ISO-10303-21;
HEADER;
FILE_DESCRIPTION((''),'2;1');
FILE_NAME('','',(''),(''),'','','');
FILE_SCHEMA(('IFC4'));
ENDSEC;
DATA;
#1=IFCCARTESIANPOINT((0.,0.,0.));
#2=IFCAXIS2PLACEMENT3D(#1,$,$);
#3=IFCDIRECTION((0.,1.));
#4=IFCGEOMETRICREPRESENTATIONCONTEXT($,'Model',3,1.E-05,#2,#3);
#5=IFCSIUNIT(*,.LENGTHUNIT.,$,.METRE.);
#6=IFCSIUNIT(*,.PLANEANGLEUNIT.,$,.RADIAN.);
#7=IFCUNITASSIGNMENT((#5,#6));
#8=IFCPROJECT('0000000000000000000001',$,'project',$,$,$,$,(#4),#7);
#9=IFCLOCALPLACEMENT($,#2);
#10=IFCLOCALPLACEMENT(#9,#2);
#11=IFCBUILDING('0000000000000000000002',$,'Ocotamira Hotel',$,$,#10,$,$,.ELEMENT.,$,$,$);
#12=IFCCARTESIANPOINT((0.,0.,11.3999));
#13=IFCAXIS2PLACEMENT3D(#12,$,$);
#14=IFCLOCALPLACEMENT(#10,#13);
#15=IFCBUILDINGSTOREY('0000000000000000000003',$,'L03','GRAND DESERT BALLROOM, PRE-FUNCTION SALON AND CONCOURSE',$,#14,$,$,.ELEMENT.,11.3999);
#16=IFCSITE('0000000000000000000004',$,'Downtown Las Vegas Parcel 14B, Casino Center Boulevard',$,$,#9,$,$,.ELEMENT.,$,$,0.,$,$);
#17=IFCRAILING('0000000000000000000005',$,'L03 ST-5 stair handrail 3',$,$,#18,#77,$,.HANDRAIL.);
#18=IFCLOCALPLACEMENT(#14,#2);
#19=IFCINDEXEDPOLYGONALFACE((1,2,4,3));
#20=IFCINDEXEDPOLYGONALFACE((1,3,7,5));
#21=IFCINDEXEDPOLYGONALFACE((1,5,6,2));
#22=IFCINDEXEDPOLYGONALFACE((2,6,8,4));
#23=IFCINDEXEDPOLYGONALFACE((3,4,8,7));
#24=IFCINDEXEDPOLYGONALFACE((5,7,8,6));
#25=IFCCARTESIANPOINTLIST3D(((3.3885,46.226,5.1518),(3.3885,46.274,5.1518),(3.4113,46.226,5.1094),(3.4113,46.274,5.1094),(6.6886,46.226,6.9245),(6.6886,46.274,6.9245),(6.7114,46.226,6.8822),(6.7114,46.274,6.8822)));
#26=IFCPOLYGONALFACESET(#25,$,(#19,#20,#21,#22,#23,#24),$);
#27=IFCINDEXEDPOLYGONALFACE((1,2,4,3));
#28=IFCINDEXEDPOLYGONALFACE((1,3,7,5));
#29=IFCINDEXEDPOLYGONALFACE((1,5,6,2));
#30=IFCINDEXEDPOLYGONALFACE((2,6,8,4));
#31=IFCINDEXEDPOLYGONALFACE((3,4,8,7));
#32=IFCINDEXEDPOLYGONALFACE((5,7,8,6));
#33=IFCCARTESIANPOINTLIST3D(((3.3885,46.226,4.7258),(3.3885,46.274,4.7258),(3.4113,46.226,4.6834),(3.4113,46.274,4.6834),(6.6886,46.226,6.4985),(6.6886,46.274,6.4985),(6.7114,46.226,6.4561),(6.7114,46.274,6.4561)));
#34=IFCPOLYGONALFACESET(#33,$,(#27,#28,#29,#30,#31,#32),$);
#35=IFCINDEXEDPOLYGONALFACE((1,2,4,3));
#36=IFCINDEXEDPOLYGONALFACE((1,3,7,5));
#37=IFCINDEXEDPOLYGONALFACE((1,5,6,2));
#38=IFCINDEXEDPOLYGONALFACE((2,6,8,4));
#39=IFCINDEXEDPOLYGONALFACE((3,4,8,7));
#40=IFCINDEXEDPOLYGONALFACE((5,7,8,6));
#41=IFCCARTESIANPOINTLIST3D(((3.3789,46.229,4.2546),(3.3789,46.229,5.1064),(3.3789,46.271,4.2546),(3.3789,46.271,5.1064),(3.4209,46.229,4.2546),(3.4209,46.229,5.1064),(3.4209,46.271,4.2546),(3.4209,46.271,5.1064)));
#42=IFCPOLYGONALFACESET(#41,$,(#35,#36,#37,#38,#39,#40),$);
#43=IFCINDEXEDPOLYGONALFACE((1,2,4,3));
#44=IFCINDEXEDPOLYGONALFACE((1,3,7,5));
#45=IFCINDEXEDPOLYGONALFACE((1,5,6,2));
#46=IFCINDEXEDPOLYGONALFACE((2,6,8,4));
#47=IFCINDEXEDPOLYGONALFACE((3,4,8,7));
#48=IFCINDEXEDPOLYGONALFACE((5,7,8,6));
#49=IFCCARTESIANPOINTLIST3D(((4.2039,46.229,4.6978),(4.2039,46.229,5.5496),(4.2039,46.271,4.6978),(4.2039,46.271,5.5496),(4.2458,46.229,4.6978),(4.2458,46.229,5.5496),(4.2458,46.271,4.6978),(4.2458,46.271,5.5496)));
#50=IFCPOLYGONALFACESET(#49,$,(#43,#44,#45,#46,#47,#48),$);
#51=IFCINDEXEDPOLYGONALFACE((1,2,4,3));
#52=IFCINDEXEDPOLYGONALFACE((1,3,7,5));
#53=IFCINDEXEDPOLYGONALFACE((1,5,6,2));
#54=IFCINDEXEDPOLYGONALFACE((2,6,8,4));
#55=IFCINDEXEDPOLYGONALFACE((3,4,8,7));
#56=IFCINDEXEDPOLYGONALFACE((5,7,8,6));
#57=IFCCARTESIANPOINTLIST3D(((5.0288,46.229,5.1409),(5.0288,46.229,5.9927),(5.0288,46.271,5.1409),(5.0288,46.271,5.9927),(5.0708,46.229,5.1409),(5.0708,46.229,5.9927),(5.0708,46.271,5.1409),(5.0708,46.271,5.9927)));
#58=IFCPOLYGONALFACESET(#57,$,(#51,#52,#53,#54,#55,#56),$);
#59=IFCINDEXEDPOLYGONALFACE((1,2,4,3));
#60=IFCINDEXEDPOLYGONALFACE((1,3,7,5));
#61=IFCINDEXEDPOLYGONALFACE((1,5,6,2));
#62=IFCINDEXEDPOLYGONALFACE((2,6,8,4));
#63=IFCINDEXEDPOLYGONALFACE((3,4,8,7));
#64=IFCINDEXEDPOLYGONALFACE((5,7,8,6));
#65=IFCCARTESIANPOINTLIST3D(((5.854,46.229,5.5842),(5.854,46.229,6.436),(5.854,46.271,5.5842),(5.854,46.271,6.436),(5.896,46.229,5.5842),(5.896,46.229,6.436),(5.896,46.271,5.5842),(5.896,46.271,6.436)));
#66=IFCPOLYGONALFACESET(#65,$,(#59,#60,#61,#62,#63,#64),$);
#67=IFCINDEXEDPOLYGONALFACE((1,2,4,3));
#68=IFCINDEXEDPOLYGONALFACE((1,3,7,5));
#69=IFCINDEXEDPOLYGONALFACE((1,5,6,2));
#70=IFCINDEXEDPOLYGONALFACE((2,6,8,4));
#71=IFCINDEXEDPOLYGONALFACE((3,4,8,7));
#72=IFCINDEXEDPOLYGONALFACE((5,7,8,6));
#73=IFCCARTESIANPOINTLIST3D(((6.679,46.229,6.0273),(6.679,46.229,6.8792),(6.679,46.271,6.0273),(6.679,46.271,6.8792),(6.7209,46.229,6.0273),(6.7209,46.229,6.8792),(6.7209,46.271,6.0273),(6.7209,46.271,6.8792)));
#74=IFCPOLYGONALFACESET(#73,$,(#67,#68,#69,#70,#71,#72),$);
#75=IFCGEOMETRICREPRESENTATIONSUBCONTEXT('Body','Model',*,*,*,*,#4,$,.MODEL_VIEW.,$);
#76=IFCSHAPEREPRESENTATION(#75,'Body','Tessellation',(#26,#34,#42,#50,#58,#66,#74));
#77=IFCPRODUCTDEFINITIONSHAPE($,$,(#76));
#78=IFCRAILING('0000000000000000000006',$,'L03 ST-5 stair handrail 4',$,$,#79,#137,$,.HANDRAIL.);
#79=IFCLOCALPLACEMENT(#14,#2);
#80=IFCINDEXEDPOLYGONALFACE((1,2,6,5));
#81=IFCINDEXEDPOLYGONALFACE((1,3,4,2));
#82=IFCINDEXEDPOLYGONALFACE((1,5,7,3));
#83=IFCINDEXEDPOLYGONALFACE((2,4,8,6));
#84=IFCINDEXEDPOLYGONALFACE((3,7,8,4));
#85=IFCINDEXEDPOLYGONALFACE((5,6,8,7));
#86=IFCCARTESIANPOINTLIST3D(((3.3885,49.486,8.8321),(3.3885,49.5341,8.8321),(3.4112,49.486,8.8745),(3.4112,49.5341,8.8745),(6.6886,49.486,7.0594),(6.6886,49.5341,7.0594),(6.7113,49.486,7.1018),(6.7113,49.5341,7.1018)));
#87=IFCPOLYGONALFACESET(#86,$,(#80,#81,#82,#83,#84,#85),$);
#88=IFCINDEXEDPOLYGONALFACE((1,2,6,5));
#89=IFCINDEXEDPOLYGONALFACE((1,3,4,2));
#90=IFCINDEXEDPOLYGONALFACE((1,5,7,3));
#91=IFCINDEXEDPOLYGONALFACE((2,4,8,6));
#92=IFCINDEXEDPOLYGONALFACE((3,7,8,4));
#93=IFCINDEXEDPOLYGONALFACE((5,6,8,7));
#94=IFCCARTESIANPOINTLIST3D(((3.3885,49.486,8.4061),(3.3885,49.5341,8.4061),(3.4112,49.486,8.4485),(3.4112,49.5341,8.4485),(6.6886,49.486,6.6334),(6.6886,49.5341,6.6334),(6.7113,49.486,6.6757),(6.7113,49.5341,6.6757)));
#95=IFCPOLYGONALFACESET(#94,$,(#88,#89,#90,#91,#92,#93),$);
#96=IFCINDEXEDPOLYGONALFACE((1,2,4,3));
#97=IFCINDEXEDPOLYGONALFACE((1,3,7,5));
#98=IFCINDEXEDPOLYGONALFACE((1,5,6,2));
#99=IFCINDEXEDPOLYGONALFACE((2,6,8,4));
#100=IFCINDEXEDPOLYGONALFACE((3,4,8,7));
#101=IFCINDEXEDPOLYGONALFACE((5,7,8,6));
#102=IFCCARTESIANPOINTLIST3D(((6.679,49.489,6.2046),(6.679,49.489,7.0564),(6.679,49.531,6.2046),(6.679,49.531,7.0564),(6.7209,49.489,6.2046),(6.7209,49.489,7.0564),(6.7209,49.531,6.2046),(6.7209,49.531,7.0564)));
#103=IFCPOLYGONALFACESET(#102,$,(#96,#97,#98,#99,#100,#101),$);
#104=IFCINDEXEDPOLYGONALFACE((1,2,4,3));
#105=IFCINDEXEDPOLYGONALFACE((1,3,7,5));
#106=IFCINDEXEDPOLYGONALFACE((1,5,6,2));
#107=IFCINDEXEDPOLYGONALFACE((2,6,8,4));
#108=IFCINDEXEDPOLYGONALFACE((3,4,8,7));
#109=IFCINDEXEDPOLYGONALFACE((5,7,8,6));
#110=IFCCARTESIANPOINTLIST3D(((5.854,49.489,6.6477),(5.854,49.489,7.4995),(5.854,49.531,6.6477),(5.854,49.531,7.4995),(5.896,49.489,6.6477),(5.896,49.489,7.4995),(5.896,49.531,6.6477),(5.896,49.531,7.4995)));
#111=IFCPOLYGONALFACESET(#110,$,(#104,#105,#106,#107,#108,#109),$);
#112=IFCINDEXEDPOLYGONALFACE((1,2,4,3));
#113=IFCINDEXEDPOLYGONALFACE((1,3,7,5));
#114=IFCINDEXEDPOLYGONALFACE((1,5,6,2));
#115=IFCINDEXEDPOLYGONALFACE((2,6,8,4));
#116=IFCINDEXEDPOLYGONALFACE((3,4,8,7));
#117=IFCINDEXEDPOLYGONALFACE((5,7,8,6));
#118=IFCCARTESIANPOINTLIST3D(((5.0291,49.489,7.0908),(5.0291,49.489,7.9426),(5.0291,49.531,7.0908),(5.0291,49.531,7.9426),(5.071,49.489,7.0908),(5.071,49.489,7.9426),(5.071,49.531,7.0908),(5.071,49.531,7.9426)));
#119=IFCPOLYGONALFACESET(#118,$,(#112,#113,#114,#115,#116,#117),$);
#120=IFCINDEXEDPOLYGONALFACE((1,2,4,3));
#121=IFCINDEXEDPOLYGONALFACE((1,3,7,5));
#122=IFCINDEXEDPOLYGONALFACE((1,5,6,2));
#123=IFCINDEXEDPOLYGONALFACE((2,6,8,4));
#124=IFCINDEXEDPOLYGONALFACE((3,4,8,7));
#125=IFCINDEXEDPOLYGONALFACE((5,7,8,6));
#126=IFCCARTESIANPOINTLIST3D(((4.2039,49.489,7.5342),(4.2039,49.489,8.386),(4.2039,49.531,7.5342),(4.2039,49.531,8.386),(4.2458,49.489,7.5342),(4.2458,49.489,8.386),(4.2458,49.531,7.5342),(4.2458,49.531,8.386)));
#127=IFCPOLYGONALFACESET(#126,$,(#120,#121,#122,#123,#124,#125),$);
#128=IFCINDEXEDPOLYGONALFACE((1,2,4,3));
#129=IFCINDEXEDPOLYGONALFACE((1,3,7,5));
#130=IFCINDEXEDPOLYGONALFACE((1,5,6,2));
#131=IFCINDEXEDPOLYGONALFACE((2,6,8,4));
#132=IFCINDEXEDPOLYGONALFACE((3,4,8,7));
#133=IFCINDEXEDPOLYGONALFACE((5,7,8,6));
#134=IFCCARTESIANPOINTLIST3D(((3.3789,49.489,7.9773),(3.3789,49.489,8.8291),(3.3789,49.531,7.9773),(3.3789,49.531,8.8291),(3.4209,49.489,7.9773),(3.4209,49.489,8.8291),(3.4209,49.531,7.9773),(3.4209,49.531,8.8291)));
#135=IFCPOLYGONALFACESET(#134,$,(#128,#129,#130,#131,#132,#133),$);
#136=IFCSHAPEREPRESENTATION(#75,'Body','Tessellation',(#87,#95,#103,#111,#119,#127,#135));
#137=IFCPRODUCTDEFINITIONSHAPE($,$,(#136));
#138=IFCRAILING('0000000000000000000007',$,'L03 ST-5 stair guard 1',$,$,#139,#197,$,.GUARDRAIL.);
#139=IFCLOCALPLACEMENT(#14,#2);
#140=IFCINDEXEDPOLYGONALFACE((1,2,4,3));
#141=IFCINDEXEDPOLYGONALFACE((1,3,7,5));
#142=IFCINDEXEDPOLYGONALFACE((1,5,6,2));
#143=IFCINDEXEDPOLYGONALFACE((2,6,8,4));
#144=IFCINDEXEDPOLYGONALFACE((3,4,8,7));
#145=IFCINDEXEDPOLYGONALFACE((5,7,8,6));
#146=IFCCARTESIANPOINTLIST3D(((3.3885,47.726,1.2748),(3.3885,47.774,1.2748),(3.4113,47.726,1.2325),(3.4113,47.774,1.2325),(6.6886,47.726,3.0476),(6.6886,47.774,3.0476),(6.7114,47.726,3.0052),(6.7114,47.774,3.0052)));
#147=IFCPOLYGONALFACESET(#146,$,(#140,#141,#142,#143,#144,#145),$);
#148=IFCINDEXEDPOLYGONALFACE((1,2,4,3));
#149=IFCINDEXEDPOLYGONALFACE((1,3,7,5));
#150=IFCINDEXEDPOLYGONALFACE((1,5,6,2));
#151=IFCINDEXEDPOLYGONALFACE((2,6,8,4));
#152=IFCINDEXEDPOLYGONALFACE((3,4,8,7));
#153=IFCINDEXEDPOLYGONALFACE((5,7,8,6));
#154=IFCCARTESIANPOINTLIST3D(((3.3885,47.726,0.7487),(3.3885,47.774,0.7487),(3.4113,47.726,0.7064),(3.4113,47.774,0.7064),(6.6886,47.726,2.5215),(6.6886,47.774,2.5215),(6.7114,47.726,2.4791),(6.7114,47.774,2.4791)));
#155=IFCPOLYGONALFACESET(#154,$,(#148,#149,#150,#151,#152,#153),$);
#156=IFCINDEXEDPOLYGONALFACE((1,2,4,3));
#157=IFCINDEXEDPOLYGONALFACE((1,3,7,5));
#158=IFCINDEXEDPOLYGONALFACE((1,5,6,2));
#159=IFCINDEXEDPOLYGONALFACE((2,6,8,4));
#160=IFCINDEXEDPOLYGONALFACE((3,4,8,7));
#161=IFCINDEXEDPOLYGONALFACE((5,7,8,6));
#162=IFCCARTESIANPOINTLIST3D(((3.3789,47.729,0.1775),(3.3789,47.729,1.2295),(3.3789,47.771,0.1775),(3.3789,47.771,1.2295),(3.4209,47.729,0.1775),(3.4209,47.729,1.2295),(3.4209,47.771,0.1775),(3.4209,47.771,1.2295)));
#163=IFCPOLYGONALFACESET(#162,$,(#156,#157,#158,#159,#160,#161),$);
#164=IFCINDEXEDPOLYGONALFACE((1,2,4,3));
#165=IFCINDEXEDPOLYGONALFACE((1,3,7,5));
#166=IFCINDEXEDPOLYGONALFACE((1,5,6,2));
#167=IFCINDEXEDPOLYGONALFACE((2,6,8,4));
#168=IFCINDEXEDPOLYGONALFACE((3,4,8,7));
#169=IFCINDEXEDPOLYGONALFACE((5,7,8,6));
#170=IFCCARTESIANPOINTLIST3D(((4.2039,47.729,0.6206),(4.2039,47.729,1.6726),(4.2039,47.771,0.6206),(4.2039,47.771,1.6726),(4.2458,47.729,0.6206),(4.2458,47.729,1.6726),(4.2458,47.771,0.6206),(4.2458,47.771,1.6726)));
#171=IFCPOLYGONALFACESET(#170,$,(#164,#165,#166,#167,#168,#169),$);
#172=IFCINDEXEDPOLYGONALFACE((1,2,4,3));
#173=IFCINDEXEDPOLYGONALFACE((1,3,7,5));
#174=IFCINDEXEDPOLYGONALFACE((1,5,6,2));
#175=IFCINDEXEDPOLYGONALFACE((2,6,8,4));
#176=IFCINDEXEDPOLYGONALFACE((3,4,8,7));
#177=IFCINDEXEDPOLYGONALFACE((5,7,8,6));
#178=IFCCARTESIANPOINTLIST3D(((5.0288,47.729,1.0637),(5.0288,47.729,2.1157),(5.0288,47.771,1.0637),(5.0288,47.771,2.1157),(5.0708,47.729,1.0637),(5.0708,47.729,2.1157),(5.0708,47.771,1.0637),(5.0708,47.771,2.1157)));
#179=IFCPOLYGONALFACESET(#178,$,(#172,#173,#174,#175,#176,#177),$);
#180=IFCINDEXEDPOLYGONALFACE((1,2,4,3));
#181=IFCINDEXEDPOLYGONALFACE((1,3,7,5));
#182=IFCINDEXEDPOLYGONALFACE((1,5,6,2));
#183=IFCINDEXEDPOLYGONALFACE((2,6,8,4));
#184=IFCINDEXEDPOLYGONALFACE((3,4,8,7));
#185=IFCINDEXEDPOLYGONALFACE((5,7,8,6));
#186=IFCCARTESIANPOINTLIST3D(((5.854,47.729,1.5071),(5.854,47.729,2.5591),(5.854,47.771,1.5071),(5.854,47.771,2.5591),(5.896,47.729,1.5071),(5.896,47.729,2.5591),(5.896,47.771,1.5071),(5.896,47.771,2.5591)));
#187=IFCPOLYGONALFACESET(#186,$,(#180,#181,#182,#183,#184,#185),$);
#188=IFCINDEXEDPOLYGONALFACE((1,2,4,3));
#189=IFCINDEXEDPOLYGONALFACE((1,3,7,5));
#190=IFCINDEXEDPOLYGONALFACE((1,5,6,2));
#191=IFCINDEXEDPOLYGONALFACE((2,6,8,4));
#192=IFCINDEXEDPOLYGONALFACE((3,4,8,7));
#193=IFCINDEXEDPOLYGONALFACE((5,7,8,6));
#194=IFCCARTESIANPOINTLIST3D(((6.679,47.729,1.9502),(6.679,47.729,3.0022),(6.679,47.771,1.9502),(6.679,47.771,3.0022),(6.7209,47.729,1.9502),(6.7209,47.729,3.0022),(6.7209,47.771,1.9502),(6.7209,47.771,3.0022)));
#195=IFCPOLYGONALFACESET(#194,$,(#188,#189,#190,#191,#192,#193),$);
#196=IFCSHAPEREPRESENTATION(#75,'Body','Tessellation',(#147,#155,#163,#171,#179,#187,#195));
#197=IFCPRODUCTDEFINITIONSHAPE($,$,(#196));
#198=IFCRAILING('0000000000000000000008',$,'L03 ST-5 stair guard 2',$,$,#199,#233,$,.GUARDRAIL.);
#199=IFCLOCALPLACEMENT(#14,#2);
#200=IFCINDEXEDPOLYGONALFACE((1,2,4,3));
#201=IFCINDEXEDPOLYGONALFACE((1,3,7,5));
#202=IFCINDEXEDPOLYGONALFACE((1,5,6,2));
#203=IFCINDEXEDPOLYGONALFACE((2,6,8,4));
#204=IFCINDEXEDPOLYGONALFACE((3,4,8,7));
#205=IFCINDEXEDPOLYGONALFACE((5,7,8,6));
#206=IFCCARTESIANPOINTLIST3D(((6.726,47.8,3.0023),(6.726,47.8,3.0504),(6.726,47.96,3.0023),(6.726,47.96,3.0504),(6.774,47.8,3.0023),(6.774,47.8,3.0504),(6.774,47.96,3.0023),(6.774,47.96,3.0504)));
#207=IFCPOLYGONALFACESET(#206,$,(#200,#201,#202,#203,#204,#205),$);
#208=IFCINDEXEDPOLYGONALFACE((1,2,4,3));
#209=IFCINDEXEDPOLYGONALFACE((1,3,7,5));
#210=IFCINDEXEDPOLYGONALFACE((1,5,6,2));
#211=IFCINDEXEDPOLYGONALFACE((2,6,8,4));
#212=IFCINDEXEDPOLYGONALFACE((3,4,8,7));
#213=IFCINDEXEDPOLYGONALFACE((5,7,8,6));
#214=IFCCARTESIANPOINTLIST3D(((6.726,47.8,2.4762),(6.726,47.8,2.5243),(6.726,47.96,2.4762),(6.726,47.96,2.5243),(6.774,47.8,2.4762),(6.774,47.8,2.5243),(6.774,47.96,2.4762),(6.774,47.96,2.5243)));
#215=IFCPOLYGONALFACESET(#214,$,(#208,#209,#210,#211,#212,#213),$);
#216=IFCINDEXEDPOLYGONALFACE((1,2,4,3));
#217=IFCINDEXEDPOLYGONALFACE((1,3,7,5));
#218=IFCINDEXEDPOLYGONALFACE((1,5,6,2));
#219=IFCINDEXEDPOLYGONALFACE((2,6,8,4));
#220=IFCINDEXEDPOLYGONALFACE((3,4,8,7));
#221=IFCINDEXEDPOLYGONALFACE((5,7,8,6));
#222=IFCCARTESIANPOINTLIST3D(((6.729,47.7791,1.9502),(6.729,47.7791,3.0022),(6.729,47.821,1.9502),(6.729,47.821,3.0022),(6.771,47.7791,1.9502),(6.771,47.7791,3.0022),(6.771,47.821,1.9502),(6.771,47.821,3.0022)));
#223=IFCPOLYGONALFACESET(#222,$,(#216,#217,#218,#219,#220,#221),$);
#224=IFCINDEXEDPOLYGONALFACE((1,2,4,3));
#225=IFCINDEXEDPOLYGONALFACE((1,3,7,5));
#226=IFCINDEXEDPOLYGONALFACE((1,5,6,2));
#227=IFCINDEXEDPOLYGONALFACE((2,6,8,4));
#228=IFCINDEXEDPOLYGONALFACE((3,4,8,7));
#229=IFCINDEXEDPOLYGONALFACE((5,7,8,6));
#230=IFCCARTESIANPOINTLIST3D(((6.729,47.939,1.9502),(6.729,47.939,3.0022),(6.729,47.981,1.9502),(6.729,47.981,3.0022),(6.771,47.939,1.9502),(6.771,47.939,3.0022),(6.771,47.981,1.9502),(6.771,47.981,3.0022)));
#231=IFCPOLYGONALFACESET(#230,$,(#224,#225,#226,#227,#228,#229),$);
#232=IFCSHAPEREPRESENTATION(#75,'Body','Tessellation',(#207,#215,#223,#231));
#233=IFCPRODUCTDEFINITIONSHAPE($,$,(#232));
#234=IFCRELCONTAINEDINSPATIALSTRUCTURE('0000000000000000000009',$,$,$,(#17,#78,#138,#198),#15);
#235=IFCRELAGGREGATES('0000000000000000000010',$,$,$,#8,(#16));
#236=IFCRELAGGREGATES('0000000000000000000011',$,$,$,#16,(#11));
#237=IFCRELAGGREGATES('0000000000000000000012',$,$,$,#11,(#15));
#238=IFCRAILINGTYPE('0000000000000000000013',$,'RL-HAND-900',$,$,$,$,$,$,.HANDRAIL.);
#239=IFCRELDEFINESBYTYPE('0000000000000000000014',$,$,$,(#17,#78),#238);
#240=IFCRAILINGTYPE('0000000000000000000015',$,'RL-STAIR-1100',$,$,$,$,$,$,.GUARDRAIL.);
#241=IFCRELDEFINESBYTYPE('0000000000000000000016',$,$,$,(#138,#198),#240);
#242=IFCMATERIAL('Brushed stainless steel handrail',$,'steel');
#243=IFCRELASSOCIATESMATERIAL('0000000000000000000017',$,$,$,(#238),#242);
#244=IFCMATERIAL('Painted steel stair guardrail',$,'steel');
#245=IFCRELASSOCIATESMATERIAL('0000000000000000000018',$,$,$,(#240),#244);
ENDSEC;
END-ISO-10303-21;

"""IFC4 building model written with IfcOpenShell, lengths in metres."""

from ifc_helpers import new_model, si_unit, direction, frame, origin, origin_2d, place, context, subcontext, project, spatial, rectangle, extrude, material, type_object, element, save


model = new_model("IFC4")

# Units and contexts
model_context = context("Model", 3, precision=1e-05, world=origin(), true_north=direction((0.0, 1.0)))
body_context = subcontext(model_context, "Body", "Model", "MODEL_VIEW")
ifc_project = project(units=[si_unit("LENGTHUNIT", "METRE"), si_unit("PLANEANGLEUNIT", "RADIAN")], contexts=[model_context])

# Site, building, storey
site_placement = place(None, origin())
site = spatial("IfcSite", under=ifc_project, at=site_placement, Name="Downtown Las Vegas Parcel 14B, Casino Center Boulevard", CompositionType="ELEMENT", RefElevation=0.0)
building_placement = place(site_placement, origin())
building = spatial("IfcBuilding", under=site, at=building_placement, Name="Ocotamira Hotel", CompositionType="ELEMENT")
storey_placement = place(building_placement, frame((0.0, 0.0, 11.3999)))
storey = spatial("IfcBuildingStorey", under=building, at=storey_placement, Name="L03", Description="GRAND DESERT BALLROOM, PRE-FUNCTION SALON AND CONCOURSE", CompositionType="ELEMENT", Elevation=11.3999)

# Railings
ifc_material_1 = material(Name="Brushed stainless steel handrail", Category="steel")
railing_type_1 = type_object("IfcRailingType", Name="RL-HAND-900", PredefinedType="HANDRAIL", material=ifc_material_1)
railing_1_placement = place(storey_placement, frame((3.3999, 46.25, 4.2546)))
element("IfcRailing", 1, at=railing_1_placement, inside=storey, type_object=railing_type_1, Name="L03 ST-5 stair handrail 3", PredefinedType="HANDRAIL", context=body_context, shape_type="SweptSolid", body=[
    extrude(rectangle(XDim=0.0481, YDim=0.0481, at=origin_2d()), frame((0.0, 0.0, 0.876), z_axis=(0.880944, 0.0, 0.473221), x_axis=(0.0, 1.0, 0.0)), (0.0, 0.0, 1.0), 3.7461),
    extrude(rectangle(XDim=0.0481, YDim=0.0481, at=origin_2d()), frame((0.0, 0.0, 0.45), z_axis=(0.880944, 0.0, 0.473221), x_axis=(0.0, 1.0, 0.0)), (0.0, 0.0, 1.0), 3.7461),
    extrude(rectangle(XDim=0.042, YDim=0.042, at=origin_2d()), origin(), (0.0, 0.0, 1.0), 0.8518),
    extrude(rectangle(XDim=0.042, YDim=0.042, at=origin_2d()), frame((0.825, 0.0, 0.4431)), (0.0, 0.0, 1.0), 0.8518),
    extrude(rectangle(XDim=0.042, YDim=0.042, at=origin_2d()), frame((1.6499, 0.0, 0.8862)), (0.0, 0.0, 1.0), 0.8518),
    extrude(rectangle(XDim=0.042, YDim=0.042, at=origin_2d()), frame((2.4751, 0.0, 1.3296)), (0.0, 0.0, 1.0), 0.8518),
    extrude(rectangle(XDim=0.042, YDim=0.042, at=origin_2d()), frame((3.3, 0.0, 1.7727)), (0.0, 0.0, 1.0), 0.8518),
])
railing_2_placement = place(storey_placement, frame((6.7, 49.51, 6.2046)))
element("IfcRailing", 2, at=railing_2_placement, inside=storey, type_object=railing_type_1, Name="L03 ST-5 stair handrail 4", PredefinedType="HANDRAIL", context=body_context, shape_type="SweptSolid", body=[
    extrude(rectangle(XDim=0.0481, YDim=0.0481, at=origin_2d()), frame((0.0, 0.0, 0.876), z_axis=(-0.880944, 0.0, 0.473221), x_axis=(0.0, -1.0, 0.0)), (0.0, 0.0, 1.0), 3.7461),
    extrude(rectangle(XDim=0.0481, YDim=0.0481, at=origin_2d()), frame((0.0, 0.0, 0.45), z_axis=(-0.880944, 0.0, 0.473221), x_axis=(0.0, -1.0, 0.0)), (0.0, 0.0, 1.0), 3.7461),
    extrude(rectangle(XDim=0.042, YDim=0.042, at=origin_2d()), origin(), (0.0, 0.0, 1.0), 0.8518),
    extrude(rectangle(XDim=0.042, YDim=0.042, at=origin_2d()), frame((-0.825, 0.0, 0.4431)), (0.0, 0.0, 1.0), 0.8518),
    extrude(rectangle(XDim=0.042, YDim=0.042, at=origin_2d()), frame((-1.6499, 0.0, 0.8862)), (0.0, 0.0, 1.0), 0.8518),
    extrude(rectangle(XDim=0.042, YDim=0.042, at=origin_2d()), frame((-2.4751, 0.0, 1.3296)), (0.0, 0.0, 1.0), 0.8518),
    extrude(rectangle(XDim=0.042, YDim=0.042, at=origin_2d()), frame((-3.3, 0.0, 1.7727)), (0.0, 0.0, 1.0), 0.8518),
])
ifc_material_2 = material(Name="Painted steel stair guardrail", Category="steel")
railing_type_2 = type_object("IfcRailingType", Name="RL-STAIR-1100", PredefinedType="GUARDRAIL", material=ifc_material_2)
railing_3_placement = place(storey_placement, frame((3.3999, 47.75, 0.1775)))
element("IfcRailing", 3, at=railing_3_placement, inside=storey, type_object=railing_type_2, Name="L03 ST-5 stair guard 1", PredefinedType="GUARDRAIL", context=body_context, shape_type="SweptSolid", body=[
    extrude(rectangle(XDim=0.0481, YDim=0.0481, at=origin_2d()), frame((0.0, 0.0, 1.0762), z_axis=(0.880944, 0.0, 0.473221), x_axis=(0.0, 1.0, 0.0)), (0.0, 0.0, 1.0), 3.7461),
    extrude(rectangle(XDim=0.0481, YDim=0.0481, at=origin_2d()), frame((0.0, 0.0, 0.55), z_axis=(0.880944, 0.0, 0.473221), x_axis=(0.0, 1.0, 0.0)), (0.0, 0.0, 1.0), 3.7461),
    extrude(rectangle(XDim=0.042, YDim=0.042, at=origin_2d()), origin(), (0.0, 0.0, 1.0), 1.052),
    extrude(rectangle(XDim=0.042, YDim=0.042, at=origin_2d()), frame((0.825, 0.0, 0.4431)), (0.0, 0.0, 1.0), 1.052),
    extrude(rectangle(XDim=0.042, YDim=0.042, at=origin_2d()), frame((1.6499, 0.0, 0.8862)), (0.0, 0.0, 1.0), 1.052),
    extrude(rectangle(XDim=0.042, YDim=0.042, at=origin_2d()), frame((2.4751, 0.0, 1.3296)), (0.0, 0.0, 1.0), 1.052),
    extrude(rectangle(XDim=0.042, YDim=0.042, at=origin_2d()), frame((3.3, 0.0, 1.7727)), (0.0, 0.0, 1.0), 1.052),
])
railing_4_placement = place(storey_placement, frame((6.75, 47.8, 1.9502)))
element("IfcRailing", 4, at=railing_4_placement, inside=storey, type_object=railing_type_2, Name="L03 ST-5 stair guard 2", PredefinedType="GUARDRAIL", context=body_context, shape_type="SweptSolid", body=[
    extrude(rectangle(XDim=0.0481, YDim=0.0481, at=origin_2d()), frame((0.0, 0.0, 1.0762), z_axis=(0.0, 1.0, 0.0), x_axis=(-1.0, 0.0, 0.0)), (0.0, 0.0, 1.0), 0.1599),
    extrude(rectangle(XDim=0.0481, YDim=0.0481, at=origin_2d()), frame((0.0, 0.0, 0.55), z_axis=(0.0, 1.0, 0.0), x_axis=(-1.0, 0.0, 0.0)), (0.0, 0.0, 1.0), 0.1599),
    extrude(rectangle(XDim=0.042, YDim=0.042, at=origin_2d()), origin(), (0.0, 0.0, 1.0), 1.052),
    extrude(rectangle(XDim=0.042, YDim=0.042, at=origin_2d()), frame((0.0, 0.1599, 0.0)), (0.0, 0.0, 1.0), 1.052),
])

save(model, "model.ifc")
